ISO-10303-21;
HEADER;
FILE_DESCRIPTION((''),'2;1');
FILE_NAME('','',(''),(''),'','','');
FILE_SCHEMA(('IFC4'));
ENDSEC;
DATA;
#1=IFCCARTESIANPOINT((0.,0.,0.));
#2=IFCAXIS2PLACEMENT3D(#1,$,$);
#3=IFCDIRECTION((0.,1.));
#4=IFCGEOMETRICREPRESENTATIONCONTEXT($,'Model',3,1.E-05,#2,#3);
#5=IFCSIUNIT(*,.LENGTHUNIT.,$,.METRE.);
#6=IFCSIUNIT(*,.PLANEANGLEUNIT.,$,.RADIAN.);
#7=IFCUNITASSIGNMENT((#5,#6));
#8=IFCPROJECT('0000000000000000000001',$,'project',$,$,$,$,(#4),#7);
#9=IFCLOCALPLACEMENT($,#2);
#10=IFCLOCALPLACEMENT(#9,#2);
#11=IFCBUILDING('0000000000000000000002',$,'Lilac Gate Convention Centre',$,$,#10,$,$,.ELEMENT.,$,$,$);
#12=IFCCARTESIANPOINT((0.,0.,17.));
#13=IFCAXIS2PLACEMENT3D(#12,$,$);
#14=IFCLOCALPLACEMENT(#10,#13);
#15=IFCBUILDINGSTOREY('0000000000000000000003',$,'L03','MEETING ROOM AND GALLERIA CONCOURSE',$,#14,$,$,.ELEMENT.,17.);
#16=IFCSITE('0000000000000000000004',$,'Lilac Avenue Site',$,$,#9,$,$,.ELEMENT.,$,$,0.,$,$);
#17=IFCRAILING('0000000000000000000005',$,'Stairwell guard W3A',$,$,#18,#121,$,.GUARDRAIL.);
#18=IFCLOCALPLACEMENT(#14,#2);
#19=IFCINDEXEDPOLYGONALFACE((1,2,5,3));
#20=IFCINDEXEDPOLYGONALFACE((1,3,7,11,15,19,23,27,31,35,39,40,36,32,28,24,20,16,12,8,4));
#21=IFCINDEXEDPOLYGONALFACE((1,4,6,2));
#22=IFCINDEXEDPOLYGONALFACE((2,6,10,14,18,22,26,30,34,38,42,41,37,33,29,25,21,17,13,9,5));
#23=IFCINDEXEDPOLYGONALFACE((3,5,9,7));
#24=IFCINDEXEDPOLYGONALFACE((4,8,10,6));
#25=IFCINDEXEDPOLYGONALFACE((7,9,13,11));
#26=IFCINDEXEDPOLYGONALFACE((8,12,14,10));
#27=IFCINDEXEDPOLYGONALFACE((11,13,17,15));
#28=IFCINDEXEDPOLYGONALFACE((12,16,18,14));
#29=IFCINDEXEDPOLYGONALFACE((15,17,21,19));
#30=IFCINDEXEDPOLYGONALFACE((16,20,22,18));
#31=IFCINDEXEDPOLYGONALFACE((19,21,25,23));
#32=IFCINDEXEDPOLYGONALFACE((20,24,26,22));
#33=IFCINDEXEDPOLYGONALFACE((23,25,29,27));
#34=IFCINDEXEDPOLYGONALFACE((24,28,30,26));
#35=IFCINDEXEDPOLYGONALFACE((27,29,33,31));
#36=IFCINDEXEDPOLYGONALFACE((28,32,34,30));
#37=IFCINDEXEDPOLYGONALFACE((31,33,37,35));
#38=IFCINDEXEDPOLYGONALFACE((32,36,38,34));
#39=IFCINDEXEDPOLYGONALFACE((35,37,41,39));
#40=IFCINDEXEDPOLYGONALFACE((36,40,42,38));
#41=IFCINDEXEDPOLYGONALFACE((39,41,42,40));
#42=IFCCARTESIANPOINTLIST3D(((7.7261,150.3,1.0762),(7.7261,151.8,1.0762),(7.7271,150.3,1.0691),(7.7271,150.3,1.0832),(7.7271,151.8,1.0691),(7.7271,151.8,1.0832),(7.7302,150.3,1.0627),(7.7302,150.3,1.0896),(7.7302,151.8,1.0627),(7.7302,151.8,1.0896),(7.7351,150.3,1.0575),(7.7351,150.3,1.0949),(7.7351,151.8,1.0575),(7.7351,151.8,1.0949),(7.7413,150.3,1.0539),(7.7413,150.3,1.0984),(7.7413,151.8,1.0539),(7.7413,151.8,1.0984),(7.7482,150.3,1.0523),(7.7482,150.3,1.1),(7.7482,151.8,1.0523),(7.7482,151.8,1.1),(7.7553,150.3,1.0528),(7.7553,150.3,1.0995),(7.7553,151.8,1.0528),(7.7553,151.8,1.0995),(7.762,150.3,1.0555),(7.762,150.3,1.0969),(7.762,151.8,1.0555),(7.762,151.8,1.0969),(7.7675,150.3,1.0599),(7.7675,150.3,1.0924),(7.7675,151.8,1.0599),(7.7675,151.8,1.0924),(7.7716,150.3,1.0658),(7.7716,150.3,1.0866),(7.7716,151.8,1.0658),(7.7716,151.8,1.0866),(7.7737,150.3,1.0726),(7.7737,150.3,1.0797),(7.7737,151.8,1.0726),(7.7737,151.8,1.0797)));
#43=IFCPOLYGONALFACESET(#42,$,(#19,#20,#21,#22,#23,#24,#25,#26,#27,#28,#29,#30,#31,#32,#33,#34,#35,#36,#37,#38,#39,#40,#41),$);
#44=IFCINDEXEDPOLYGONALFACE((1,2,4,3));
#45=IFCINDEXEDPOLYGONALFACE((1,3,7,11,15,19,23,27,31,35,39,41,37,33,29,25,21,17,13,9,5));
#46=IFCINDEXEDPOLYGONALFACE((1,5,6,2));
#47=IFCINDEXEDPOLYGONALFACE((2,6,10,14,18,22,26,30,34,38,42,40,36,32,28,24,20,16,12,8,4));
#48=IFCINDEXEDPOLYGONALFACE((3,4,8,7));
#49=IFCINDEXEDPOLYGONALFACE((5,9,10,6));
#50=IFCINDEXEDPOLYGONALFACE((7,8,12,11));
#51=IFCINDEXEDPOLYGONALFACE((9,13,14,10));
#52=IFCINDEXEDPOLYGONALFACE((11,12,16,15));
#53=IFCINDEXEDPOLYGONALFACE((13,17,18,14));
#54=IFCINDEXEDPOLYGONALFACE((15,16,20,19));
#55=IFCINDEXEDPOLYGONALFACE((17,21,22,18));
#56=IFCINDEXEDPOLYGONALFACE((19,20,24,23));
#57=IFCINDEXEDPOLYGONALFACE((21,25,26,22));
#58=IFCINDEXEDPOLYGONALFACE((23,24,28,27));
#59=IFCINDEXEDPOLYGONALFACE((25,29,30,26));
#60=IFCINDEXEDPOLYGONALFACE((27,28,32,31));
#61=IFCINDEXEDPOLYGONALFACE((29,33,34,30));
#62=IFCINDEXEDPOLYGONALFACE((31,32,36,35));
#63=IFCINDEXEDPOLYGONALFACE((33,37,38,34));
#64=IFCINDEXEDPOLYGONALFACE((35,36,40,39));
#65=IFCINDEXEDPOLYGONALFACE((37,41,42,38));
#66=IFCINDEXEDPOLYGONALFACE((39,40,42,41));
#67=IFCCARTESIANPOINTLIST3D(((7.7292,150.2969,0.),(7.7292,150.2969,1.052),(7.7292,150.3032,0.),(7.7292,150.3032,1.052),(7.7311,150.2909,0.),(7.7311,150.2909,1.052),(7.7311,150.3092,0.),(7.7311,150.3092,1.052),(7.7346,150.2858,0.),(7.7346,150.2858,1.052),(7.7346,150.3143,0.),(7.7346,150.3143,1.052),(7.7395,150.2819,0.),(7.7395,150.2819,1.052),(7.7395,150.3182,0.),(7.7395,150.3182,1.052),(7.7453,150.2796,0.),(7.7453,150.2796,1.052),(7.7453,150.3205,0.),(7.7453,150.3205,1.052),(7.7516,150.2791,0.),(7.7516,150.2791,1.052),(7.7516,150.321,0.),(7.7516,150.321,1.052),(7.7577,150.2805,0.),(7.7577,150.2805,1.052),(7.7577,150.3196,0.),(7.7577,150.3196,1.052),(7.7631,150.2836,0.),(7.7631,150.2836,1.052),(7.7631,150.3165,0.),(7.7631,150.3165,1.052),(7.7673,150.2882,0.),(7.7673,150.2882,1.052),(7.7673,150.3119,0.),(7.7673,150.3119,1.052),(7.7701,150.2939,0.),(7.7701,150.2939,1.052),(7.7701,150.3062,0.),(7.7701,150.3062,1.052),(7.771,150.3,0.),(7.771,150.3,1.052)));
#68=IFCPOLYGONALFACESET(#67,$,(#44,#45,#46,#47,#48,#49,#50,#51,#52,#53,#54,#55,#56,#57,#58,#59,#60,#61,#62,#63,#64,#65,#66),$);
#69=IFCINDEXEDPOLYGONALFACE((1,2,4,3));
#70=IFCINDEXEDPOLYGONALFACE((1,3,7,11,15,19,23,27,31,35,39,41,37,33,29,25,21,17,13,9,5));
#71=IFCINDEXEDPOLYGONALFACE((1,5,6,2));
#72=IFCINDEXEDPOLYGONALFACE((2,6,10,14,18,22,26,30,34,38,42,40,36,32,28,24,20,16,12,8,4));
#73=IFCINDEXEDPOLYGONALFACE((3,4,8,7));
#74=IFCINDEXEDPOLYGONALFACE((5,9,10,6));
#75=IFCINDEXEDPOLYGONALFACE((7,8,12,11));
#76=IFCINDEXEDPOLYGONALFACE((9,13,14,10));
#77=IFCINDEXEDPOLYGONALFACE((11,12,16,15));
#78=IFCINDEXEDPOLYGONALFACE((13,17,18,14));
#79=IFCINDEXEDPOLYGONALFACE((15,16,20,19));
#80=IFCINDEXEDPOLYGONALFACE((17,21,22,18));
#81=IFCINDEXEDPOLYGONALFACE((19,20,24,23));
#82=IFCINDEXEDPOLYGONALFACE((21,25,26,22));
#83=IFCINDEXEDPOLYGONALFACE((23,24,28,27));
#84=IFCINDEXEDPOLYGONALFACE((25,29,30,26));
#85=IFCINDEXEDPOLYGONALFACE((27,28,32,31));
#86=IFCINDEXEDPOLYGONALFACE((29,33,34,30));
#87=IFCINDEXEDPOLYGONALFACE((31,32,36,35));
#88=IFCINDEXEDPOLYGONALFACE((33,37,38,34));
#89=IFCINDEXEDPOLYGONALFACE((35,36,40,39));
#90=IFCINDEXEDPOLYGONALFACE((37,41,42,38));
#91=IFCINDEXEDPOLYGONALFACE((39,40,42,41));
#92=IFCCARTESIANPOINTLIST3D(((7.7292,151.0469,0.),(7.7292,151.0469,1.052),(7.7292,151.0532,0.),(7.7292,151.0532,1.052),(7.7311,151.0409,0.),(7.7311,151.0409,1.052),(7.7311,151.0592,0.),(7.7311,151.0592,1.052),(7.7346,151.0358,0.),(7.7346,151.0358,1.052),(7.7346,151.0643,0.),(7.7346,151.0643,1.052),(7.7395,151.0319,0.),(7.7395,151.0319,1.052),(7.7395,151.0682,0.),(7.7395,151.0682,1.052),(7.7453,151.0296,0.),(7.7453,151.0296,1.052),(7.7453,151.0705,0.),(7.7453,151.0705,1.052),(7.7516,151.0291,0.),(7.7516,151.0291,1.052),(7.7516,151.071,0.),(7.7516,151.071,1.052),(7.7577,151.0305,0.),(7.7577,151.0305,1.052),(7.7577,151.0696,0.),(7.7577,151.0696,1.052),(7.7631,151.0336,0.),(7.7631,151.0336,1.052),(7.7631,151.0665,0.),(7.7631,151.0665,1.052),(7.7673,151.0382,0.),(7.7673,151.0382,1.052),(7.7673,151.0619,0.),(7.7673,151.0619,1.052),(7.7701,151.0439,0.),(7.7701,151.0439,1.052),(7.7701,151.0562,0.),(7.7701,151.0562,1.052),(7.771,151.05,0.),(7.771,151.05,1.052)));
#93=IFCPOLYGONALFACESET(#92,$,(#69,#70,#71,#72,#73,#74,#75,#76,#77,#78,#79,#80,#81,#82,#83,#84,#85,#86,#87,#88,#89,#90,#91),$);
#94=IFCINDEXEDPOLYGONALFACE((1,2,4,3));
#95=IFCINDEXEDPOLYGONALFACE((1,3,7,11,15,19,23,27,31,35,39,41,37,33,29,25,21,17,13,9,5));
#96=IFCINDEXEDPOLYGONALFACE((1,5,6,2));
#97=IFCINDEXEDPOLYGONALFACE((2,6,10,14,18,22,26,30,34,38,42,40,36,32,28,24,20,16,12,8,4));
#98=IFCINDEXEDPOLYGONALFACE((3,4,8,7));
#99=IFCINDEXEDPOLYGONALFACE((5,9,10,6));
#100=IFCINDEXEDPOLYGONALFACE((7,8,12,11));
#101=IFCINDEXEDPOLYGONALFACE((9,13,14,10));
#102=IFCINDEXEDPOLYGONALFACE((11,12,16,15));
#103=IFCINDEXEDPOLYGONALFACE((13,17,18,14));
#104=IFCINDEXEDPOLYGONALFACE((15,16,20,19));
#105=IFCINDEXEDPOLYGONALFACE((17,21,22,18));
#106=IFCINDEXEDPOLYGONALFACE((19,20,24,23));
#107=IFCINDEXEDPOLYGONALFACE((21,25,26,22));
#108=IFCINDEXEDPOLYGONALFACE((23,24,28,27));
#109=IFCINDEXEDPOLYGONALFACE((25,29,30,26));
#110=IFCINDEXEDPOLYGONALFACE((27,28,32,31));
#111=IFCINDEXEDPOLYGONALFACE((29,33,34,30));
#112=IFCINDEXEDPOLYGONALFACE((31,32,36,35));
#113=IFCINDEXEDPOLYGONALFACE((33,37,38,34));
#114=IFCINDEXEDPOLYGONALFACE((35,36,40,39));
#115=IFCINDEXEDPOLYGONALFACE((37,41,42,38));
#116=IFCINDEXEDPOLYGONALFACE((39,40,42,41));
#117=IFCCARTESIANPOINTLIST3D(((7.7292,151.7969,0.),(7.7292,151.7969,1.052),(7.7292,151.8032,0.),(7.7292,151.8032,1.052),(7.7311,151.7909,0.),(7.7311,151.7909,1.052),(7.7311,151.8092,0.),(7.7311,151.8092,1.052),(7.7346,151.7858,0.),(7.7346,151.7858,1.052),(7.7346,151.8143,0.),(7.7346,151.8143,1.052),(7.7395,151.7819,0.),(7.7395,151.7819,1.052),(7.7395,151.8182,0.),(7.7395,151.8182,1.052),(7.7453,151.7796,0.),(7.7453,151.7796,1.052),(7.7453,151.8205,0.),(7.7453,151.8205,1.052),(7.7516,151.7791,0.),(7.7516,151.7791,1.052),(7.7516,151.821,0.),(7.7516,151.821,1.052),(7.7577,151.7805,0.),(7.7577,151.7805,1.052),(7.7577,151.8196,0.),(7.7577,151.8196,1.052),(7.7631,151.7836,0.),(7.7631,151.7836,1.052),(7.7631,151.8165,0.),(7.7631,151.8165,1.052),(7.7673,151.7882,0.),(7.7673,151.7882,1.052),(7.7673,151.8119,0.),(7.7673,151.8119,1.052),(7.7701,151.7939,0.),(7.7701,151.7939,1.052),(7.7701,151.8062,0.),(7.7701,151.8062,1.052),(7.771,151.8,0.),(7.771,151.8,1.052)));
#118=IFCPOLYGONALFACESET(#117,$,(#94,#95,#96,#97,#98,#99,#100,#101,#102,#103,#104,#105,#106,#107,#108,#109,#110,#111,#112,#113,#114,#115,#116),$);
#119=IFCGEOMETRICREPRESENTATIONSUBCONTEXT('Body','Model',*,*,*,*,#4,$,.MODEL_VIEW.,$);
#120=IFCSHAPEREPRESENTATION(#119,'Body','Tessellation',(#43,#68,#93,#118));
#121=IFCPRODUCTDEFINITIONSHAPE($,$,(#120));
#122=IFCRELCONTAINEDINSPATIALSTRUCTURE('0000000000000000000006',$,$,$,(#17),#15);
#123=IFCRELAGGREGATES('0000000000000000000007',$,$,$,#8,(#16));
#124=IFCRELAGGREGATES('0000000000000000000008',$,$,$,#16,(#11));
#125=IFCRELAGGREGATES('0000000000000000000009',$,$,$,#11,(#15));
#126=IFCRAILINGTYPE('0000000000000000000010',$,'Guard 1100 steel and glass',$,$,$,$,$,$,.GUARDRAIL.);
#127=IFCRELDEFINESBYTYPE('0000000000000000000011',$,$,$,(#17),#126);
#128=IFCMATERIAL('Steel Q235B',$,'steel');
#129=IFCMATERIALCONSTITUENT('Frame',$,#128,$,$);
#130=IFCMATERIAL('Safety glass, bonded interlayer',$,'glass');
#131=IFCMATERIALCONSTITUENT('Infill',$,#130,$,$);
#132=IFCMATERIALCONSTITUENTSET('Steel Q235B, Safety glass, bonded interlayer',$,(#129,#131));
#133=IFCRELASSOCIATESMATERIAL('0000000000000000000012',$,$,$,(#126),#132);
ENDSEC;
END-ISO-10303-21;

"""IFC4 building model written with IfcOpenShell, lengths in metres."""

from ifc_helpers import new_model, si_unit, direction, frame, origin, origin_2d, place, context, subcontext, project, spatial, circle, extrude, material, constituent, constituent_set, type_object, element, save


model = new_model("IFC4")

# Units and contexts
model_context = context("Model", 3, precision=1e-05, world=origin(), true_north=direction((0.0, 1.0)))
body_context = subcontext(model_context, "Body", "Model", "MODEL_VIEW")
ifc_project = project(units=[si_unit("LENGTHUNIT", "METRE"), si_unit("PLANEANGLEUNIT", "RADIAN")], contexts=[model_context])

# Site, building, storey
site_placement = place(None, origin())
site = spatial("IfcSite", under=ifc_project, at=site_placement, Name="Lilac Avenue Site", CompositionType="ELEMENT", RefElevation=0.0)
building_placement = place(site_placement, origin())
building = spatial("IfcBuilding", under=site, at=building_placement, Name="Lilac Gate Convention Centre", CompositionType="ELEMENT")
storey_placement = place(building_placement, frame((0.0, 0.0, 17.0)))
storey = spatial("IfcBuildingStorey", under=building, at=storey_placement, Name="L03", Description="MEETING ROOM AND GALLERIA CONCOURSE", CompositionType="ELEMENT", Elevation=17.0)

# Railing
ifc_material_1 = material(Name="Steel Q235B", Category="steel")
ifc_constituent_1 = constituent(ifc_material_1, Name="Frame")
ifc_material_2 = material(Name="Safety glass, bonded interlayer", Category="glass")
ifc_constituent_2 = constituent(ifc_material_2, Name="Infill")
ifc_constituent_set = constituent_set(constituents=[ifc_constituent_1, ifc_constituent_2], Name="Steel Q235B, Safety glass, bonded interlayer")
railing_type = type_object("IfcRailingType", Name="Guard 1100 steel and glass", PredefinedType="GUARDRAIL", material=ifc_constituent_set)
railing_placement = place(storey_placement, frame((7.75, 150.3, 0.0)))
element("IfcRailing", 1, at=railing_placement, inside=storey, type_object=railing_type, Name="Stairwell guard W3A", PredefinedType="GUARDRAIL", context=body_context, shape_type="SweptSolid", body=[
    extrude(circle(Radius=0.0239, at=origin_2d()), frame((0.0, 0.0, 1.0762), z_axis=(0.0, 1.0, 0.0), x_axis=(-1.0, 0.0, 0.0)), (0.0, 0.0, 1.0), 1.5),
    extrude(circle(Radius=0.021, at=origin_2d()), origin(), (0.0, 0.0, 1.0), 1.052),
    extrude(circle(Radius=0.021, at=origin_2d()), frame((0.0, 0.75, 0.0)), (0.0, 0.0, 1.0), 1.052),
    extrude(circle(Radius=0.021, at=origin_2d()), frame((0.0, 1.5, 0.0)), (0.0, 0.0, 1.0), 1.052),
])

save(model, "model.ifc")
